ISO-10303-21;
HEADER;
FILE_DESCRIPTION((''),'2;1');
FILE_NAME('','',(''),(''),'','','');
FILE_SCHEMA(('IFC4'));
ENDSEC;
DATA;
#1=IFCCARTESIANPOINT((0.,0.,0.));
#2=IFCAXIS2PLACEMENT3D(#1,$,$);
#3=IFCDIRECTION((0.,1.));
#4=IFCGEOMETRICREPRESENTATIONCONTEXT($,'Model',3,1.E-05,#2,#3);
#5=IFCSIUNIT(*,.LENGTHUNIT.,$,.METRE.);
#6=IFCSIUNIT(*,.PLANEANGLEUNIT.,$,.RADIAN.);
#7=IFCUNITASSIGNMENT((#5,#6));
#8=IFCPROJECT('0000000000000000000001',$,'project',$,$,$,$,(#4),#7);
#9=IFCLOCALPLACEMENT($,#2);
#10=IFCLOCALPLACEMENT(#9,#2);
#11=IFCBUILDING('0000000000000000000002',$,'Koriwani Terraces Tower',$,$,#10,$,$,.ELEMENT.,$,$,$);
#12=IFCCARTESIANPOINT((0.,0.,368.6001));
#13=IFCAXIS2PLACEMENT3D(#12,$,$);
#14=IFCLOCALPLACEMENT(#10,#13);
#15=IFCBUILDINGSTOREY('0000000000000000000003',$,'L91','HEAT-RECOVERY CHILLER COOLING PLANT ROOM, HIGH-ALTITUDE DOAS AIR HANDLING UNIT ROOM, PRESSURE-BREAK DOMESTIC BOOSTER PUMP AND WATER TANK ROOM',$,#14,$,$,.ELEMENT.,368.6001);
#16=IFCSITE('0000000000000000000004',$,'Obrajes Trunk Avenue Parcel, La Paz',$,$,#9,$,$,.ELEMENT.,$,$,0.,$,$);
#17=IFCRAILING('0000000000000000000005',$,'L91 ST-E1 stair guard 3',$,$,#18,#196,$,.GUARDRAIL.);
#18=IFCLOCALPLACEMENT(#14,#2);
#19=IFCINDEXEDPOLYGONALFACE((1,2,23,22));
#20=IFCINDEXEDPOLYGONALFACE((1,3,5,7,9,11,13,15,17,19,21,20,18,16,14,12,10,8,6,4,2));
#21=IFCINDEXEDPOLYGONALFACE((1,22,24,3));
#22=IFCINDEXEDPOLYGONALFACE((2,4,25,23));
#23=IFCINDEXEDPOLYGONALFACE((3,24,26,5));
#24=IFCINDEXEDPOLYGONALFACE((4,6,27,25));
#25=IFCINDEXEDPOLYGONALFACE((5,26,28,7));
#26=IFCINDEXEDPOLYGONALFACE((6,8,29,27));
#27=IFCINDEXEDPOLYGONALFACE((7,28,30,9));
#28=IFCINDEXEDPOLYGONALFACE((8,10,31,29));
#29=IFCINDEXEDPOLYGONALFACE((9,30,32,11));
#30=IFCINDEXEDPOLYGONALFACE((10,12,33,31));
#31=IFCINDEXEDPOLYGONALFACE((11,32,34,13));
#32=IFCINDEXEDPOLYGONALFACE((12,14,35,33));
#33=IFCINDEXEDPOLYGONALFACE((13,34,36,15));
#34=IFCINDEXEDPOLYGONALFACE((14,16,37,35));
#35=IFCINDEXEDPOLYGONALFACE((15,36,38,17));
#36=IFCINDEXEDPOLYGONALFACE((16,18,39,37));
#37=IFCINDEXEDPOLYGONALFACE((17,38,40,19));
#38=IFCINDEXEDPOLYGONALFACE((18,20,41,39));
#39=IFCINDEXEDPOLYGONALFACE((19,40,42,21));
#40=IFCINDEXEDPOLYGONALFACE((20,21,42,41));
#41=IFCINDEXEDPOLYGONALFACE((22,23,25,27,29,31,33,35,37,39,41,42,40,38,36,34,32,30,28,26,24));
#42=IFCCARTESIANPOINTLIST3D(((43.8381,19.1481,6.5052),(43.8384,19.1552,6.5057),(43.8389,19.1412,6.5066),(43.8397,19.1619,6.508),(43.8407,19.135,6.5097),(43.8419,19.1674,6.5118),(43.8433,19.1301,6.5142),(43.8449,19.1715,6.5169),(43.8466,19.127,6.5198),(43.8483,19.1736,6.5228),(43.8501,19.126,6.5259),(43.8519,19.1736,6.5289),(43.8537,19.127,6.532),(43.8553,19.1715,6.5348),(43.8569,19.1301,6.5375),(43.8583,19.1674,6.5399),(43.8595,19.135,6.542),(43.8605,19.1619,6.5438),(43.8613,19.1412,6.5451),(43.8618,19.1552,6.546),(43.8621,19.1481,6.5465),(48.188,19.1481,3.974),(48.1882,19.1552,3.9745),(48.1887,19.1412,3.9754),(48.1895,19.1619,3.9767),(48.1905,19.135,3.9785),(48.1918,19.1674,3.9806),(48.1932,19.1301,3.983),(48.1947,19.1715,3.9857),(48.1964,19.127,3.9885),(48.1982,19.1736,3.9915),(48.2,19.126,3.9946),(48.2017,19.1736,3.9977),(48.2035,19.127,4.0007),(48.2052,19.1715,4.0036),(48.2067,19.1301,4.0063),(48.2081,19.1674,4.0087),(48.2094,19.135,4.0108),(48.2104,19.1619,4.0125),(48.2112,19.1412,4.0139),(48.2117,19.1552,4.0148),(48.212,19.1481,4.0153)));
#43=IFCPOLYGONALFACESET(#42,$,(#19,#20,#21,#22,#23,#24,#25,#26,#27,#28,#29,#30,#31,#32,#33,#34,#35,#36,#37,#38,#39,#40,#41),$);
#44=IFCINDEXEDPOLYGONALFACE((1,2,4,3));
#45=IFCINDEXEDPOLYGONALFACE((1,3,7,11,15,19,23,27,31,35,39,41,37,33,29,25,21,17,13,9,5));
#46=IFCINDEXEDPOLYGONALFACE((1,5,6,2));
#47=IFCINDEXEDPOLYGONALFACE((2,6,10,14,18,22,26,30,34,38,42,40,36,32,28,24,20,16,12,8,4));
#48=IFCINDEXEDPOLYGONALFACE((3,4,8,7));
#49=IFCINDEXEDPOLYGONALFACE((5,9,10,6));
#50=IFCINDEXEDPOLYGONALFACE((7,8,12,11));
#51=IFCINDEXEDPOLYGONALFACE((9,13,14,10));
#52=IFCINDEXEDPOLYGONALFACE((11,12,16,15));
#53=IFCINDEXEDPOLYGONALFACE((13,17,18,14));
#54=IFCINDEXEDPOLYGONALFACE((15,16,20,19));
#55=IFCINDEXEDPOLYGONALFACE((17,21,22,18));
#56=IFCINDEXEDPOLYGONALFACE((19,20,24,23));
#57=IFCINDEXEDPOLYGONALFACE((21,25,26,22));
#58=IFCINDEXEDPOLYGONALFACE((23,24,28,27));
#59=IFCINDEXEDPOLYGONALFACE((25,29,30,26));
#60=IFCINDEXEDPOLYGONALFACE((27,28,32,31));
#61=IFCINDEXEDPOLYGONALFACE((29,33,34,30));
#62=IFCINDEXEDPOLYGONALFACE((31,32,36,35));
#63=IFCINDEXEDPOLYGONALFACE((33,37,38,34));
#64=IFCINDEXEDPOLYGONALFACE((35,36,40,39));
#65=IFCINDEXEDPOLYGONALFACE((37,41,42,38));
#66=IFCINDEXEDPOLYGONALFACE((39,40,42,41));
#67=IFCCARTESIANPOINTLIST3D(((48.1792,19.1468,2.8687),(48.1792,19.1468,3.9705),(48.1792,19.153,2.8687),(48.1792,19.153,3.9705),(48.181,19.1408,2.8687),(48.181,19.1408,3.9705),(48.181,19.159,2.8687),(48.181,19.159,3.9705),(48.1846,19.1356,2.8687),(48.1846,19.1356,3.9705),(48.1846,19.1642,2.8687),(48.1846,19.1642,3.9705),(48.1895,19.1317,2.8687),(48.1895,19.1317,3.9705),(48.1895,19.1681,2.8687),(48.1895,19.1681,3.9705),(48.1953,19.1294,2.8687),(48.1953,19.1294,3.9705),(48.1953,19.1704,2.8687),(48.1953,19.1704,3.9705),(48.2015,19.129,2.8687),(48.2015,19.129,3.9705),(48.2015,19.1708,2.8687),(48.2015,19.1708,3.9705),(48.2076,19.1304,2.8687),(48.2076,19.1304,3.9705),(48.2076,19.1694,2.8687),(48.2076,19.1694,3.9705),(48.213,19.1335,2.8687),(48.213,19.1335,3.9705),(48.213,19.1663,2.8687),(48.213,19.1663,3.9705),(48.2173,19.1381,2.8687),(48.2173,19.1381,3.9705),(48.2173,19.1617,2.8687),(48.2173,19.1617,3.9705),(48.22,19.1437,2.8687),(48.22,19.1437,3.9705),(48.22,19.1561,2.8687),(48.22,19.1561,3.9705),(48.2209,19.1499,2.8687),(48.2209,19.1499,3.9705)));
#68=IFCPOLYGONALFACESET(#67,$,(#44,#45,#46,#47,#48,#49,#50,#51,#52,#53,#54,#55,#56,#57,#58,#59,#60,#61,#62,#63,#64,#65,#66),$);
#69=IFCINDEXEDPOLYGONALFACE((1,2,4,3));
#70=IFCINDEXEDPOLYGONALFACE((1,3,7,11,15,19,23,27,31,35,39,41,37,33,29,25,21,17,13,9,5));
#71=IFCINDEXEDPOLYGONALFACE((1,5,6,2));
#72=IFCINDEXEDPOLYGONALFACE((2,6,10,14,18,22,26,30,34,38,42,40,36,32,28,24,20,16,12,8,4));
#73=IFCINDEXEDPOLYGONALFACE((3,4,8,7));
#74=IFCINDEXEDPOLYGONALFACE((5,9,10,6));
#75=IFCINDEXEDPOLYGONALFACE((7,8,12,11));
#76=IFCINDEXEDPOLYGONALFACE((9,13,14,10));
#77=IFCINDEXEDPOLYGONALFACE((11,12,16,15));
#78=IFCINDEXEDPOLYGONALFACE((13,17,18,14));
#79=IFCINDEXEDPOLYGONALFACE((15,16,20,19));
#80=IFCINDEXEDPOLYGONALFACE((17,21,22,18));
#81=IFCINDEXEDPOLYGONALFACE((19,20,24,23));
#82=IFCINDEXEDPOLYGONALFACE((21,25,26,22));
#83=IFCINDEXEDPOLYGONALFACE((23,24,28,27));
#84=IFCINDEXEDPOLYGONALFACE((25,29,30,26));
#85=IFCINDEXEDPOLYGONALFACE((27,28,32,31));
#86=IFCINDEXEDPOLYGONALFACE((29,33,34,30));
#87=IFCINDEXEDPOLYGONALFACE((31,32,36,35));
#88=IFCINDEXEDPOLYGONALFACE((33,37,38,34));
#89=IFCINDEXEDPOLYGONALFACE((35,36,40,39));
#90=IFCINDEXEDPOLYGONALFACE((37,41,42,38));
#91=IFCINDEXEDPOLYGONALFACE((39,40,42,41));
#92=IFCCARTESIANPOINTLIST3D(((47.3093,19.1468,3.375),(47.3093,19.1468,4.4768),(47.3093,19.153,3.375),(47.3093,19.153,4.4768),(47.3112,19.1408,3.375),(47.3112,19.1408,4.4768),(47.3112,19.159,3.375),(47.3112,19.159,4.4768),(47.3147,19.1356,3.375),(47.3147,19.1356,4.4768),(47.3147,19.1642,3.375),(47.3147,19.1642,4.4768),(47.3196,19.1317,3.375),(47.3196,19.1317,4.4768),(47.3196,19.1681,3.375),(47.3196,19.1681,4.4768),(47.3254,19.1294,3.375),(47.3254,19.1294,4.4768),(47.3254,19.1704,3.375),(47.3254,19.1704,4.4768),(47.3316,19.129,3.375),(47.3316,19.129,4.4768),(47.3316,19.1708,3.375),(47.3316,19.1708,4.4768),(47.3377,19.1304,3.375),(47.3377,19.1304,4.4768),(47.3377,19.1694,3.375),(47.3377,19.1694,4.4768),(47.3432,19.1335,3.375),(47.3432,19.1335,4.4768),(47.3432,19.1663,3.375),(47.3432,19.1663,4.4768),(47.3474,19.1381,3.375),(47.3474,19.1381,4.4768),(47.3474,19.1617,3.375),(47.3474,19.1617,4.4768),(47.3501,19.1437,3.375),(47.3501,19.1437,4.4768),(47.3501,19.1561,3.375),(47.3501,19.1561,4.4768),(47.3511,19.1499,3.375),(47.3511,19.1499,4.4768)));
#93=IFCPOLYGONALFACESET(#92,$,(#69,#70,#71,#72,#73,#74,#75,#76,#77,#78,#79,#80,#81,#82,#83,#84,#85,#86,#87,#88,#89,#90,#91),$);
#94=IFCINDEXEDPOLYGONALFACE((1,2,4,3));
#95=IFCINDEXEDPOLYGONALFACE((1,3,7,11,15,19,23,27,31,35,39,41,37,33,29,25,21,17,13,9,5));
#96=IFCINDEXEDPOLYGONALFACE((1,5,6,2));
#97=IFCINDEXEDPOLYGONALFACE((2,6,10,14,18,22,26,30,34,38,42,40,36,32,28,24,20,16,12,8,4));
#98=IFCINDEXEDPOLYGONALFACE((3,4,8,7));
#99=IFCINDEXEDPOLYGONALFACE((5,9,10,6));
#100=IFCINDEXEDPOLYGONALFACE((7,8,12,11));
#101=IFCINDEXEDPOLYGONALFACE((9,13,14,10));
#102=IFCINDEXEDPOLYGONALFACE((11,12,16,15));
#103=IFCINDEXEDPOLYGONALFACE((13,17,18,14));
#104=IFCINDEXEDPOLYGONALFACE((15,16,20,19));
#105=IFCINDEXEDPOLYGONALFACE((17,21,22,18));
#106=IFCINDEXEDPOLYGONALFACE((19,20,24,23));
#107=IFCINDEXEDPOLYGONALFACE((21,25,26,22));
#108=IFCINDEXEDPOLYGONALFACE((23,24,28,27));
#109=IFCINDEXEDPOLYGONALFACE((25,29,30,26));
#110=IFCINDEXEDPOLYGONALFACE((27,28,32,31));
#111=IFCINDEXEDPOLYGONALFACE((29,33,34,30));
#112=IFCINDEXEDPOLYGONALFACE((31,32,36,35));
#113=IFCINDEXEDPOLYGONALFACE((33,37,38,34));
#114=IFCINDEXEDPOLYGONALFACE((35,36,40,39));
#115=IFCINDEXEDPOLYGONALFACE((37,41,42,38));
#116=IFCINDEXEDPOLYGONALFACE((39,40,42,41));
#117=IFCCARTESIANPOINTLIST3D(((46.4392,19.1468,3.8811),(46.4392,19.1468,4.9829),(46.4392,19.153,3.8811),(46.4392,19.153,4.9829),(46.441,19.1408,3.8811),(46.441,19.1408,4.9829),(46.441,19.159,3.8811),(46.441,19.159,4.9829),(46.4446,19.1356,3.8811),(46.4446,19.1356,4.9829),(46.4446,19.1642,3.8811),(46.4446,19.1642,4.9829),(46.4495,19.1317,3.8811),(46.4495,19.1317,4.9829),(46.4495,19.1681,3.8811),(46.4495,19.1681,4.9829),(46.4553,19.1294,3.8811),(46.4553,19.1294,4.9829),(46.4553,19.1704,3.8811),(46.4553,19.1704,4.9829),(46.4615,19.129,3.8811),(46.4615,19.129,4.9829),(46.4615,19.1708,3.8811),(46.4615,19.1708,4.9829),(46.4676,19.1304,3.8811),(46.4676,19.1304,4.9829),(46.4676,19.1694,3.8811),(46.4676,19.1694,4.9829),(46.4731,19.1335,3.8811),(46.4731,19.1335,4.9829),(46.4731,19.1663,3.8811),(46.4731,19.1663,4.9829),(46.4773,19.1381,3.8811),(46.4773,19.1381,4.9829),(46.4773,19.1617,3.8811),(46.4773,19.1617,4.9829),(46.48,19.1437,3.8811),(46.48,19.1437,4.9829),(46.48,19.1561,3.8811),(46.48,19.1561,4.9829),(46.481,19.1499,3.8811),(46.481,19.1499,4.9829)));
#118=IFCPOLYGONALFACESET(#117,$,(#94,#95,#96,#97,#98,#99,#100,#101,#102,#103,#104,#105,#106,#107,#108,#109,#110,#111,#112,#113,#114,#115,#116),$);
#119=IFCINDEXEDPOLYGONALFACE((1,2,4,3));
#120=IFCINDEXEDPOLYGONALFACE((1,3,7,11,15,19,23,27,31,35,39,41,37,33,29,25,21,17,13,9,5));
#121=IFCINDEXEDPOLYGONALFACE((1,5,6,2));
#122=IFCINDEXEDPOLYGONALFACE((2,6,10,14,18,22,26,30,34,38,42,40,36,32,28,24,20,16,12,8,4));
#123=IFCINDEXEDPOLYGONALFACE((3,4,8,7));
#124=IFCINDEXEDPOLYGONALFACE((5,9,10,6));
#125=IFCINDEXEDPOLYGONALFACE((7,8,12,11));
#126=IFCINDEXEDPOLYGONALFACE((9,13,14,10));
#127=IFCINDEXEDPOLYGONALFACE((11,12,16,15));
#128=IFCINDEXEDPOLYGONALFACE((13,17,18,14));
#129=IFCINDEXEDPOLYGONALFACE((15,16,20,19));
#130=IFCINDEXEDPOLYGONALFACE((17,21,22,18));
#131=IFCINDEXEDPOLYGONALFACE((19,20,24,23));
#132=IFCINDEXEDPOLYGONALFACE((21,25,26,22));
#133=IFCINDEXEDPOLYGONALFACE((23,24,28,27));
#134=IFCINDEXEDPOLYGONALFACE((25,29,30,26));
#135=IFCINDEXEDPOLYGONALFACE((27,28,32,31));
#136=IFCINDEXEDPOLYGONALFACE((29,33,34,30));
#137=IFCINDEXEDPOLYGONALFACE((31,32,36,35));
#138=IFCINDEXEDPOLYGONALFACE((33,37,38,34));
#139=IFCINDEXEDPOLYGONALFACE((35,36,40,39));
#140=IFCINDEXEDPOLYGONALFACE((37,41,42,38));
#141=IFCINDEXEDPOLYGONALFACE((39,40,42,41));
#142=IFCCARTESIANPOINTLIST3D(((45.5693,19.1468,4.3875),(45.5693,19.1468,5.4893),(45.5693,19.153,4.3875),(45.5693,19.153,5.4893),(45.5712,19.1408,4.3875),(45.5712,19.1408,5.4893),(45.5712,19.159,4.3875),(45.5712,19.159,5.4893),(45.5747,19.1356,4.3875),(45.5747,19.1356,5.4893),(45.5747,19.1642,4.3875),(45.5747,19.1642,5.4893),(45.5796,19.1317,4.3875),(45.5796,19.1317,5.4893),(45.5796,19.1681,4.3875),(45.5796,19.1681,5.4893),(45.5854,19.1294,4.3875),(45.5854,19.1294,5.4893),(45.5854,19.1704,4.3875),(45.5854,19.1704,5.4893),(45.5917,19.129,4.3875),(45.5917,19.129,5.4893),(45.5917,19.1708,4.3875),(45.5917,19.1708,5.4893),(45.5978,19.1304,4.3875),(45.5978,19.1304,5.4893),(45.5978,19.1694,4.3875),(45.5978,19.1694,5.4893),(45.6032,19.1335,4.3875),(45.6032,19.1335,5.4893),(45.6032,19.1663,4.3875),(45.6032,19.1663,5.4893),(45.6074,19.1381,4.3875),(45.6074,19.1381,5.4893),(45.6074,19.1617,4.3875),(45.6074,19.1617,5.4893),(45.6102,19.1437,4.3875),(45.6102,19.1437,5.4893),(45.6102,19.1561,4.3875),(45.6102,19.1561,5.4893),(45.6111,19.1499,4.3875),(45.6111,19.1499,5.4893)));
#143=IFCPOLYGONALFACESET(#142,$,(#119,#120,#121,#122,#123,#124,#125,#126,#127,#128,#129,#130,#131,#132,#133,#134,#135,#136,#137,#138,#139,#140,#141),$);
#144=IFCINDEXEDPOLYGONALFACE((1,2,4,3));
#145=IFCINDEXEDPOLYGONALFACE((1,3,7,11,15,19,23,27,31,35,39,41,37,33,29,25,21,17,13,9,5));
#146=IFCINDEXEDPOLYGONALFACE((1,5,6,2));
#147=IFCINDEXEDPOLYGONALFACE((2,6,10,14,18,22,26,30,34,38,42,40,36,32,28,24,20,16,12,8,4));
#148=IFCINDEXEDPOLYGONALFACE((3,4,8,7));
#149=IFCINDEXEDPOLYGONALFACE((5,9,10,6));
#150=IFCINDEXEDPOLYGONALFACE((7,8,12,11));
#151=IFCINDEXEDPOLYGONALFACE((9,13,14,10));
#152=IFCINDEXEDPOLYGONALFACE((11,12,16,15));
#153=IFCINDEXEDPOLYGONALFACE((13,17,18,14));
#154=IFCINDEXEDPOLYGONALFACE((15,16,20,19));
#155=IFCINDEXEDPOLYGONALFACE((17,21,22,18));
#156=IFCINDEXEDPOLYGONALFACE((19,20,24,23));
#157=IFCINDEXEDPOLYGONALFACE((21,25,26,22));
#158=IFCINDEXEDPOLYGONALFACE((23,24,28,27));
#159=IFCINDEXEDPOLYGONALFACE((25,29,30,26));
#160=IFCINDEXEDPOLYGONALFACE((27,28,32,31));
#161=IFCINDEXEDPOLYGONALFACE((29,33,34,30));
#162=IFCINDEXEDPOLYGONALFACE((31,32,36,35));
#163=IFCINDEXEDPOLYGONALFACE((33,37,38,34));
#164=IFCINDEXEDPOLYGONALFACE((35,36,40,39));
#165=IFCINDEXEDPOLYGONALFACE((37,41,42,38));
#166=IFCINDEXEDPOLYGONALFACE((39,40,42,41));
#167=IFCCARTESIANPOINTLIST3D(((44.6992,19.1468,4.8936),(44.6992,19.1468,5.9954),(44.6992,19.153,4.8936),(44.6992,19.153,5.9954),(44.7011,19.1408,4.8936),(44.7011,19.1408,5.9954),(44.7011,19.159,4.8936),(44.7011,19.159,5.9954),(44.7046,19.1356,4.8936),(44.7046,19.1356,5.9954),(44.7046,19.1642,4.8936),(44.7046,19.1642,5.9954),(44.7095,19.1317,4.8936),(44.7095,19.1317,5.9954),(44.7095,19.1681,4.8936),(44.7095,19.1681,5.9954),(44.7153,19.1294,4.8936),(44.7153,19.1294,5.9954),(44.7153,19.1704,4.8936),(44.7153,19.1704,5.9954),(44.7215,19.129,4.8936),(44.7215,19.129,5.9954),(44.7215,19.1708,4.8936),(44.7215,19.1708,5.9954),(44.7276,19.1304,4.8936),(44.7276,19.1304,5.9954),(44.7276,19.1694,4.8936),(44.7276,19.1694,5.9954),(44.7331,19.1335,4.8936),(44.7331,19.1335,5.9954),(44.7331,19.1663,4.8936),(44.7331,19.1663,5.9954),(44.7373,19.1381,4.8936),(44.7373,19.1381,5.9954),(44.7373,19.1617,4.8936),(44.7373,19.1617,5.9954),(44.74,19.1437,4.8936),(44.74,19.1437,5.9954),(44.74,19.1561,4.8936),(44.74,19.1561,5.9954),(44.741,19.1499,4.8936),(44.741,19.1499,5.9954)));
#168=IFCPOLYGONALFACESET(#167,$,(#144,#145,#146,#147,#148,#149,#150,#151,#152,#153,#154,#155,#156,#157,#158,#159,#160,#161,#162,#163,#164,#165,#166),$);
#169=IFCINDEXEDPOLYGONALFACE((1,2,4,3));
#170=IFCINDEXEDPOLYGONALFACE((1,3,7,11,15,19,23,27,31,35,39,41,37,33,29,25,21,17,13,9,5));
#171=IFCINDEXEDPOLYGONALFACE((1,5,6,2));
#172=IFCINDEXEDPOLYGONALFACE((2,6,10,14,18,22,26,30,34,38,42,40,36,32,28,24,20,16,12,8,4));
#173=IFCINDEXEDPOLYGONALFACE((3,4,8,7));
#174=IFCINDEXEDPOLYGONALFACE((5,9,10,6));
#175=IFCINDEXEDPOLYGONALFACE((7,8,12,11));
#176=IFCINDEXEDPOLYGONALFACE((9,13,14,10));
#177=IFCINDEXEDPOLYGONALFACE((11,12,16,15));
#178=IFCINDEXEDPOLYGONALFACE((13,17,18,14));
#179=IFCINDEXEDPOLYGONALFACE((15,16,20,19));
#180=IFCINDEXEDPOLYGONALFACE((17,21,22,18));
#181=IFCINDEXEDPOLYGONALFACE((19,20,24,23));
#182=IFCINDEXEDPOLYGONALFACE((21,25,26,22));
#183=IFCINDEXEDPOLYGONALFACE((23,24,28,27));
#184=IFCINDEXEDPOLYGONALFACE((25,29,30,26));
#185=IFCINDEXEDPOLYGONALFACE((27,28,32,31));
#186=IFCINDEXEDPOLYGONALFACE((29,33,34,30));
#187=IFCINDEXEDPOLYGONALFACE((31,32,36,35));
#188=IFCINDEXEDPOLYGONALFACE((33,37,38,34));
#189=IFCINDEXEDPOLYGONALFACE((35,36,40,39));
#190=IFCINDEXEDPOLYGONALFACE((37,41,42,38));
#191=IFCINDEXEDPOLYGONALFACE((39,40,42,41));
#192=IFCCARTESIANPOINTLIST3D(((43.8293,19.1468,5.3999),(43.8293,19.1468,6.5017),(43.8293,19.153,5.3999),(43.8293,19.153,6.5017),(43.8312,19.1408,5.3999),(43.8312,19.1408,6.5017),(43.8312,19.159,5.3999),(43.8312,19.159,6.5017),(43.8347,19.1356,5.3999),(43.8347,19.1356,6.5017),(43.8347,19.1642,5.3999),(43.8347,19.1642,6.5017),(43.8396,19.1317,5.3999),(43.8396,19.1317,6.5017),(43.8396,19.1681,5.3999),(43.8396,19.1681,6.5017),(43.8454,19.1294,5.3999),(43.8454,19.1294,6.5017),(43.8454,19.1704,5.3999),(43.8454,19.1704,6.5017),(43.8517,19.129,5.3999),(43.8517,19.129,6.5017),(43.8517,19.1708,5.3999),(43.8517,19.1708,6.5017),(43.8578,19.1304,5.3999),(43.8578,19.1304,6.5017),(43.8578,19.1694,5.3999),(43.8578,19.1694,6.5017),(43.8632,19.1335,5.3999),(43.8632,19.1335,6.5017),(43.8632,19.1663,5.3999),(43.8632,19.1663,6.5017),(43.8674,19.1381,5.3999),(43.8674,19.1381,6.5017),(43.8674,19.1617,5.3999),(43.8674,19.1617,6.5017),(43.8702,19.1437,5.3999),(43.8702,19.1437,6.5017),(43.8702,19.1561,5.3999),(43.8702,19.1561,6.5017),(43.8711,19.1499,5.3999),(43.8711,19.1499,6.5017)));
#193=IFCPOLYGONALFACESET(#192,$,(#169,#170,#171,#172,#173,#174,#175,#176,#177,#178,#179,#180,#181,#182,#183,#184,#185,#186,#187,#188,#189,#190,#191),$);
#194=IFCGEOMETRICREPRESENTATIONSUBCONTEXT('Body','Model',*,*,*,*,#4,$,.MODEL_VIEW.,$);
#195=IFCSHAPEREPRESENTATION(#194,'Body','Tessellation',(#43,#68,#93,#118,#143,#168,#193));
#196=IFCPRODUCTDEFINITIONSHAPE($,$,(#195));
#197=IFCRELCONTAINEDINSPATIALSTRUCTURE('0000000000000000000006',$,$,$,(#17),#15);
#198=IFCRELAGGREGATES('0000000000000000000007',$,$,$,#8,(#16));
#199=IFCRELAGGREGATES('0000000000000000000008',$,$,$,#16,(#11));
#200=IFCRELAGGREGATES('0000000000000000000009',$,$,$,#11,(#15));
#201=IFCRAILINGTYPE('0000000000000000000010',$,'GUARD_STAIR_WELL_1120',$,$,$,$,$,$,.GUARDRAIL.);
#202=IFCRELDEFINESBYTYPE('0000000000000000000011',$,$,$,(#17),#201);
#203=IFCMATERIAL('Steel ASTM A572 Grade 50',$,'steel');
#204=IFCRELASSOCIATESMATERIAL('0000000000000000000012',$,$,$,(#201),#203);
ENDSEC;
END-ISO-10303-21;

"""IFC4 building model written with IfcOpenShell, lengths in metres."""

from ifc_helpers import new_model, si_unit, direction, frame, origin, origin_2d, place, context, subcontext, project, spatial, circle, extrude, material, type_object, element, save


model = new_model("IFC4")

# Units and contexts
model_context = context("Model", 3, precision=1e-05, world=origin(), true_north=direction((0.0, 1.0)))
body_context = subcontext(model_context, "Body", "Model", "MODEL_VIEW")
ifc_project = project(units=[si_unit("LENGTHUNIT", "METRE"), si_unit("PLANEANGLEUNIT", "RADIAN")], contexts=[model_context])

# Site, building, storey
site_placement = place(None, origin())
site = spatial("IfcSite", under=ifc_project, at=site_placement, Name="Obrajes Trunk Avenue Parcel, La Paz", CompositionType="ELEMENT", RefElevation=0.0)
building_placement = place(site_placement, origin())
building = spatial("IfcBuilding", under=site, at=building_placement, Name="Koriwani Terraces Tower", CompositionType="ELEMENT")
storey_placement = place(building_placement, frame((0.0, 0.0, 368.6001)))
storey = spatial("IfcBuildingStorey", under=building, at=storey_placement, Name="L91", Description="HEAT-RECOVERY CHILLER COOLING PLANT ROOM, HIGH-ALTITUDE DOAS AIR HANDLING UNIT ROOM, PRESSURE-BREAK DOMESTIC BOOSTER PUMP AND WATER TANK ROOM", CompositionType="ELEMENT", Elevation=368.6001)

# Shared definitions
ifc_material_1 = material(Name="Steel ASTM A572 Grade 50", Category="steel")

# Railing
railing_type_1 = type_object("IfcRailingType", Name="GUARD_STAIR_WELL_1120", PredefinedType="GUARDRAIL", material=ifc_material_1)
railing_1_placement = place(storey_placement, frame((48.2, 19.1499, 2.8687)))
element("IfcRailing", 1, at=railing_1_placement, inside=storey, type_object=railing_type_1, Name="L91 ST-E1 stair guard 3", PredefinedType="GUARDRAIL", context=body_context, shape_type="SweptSolid", body=[
    extrude(circle(Radius=0.0239, at=origin_2d()), frame((0.0, 0.0, 1.126), z_axis=(-0.864312, 0.0, 0.502957), x_axis=(0.0, -1.0, 0.0)), (0.0, 0.0, 1.0), 5.0327),
    extrude(circle(Radius=0.021, at=origin_2d()), origin(), (0.0, 0.0, 1.0), 1.1018),
    extrude(circle(Radius=0.021, at=origin_2d()), frame((-0.8699, 0.0, 0.5063)), (0.0, 0.0, 1.0), 1.1018),
    extrude(circle(Radius=0.021, at=origin_2d()), frame((-1.74, 0.0, 1.0125)), (0.0, 0.0, 1.0), 1.1018),
    extrude(circle(Radius=0.021, at=origin_2d()), frame((-2.6099, 0.0, 1.5188)), (0.0, 0.0, 1.0), 1.1018),
    extrude(circle(Radius=0.021, at=origin_2d()), frame((-3.48, 0.0, 2.0249)), (0.0, 0.0, 1.0), 1.1018),
    extrude(circle(Radius=0.021, at=origin_2d()), frame((-4.3499, 0.0, 2.5312)), (0.0, 0.0, 1.0), 1.1018),
])

save(model, "model.ifc")
